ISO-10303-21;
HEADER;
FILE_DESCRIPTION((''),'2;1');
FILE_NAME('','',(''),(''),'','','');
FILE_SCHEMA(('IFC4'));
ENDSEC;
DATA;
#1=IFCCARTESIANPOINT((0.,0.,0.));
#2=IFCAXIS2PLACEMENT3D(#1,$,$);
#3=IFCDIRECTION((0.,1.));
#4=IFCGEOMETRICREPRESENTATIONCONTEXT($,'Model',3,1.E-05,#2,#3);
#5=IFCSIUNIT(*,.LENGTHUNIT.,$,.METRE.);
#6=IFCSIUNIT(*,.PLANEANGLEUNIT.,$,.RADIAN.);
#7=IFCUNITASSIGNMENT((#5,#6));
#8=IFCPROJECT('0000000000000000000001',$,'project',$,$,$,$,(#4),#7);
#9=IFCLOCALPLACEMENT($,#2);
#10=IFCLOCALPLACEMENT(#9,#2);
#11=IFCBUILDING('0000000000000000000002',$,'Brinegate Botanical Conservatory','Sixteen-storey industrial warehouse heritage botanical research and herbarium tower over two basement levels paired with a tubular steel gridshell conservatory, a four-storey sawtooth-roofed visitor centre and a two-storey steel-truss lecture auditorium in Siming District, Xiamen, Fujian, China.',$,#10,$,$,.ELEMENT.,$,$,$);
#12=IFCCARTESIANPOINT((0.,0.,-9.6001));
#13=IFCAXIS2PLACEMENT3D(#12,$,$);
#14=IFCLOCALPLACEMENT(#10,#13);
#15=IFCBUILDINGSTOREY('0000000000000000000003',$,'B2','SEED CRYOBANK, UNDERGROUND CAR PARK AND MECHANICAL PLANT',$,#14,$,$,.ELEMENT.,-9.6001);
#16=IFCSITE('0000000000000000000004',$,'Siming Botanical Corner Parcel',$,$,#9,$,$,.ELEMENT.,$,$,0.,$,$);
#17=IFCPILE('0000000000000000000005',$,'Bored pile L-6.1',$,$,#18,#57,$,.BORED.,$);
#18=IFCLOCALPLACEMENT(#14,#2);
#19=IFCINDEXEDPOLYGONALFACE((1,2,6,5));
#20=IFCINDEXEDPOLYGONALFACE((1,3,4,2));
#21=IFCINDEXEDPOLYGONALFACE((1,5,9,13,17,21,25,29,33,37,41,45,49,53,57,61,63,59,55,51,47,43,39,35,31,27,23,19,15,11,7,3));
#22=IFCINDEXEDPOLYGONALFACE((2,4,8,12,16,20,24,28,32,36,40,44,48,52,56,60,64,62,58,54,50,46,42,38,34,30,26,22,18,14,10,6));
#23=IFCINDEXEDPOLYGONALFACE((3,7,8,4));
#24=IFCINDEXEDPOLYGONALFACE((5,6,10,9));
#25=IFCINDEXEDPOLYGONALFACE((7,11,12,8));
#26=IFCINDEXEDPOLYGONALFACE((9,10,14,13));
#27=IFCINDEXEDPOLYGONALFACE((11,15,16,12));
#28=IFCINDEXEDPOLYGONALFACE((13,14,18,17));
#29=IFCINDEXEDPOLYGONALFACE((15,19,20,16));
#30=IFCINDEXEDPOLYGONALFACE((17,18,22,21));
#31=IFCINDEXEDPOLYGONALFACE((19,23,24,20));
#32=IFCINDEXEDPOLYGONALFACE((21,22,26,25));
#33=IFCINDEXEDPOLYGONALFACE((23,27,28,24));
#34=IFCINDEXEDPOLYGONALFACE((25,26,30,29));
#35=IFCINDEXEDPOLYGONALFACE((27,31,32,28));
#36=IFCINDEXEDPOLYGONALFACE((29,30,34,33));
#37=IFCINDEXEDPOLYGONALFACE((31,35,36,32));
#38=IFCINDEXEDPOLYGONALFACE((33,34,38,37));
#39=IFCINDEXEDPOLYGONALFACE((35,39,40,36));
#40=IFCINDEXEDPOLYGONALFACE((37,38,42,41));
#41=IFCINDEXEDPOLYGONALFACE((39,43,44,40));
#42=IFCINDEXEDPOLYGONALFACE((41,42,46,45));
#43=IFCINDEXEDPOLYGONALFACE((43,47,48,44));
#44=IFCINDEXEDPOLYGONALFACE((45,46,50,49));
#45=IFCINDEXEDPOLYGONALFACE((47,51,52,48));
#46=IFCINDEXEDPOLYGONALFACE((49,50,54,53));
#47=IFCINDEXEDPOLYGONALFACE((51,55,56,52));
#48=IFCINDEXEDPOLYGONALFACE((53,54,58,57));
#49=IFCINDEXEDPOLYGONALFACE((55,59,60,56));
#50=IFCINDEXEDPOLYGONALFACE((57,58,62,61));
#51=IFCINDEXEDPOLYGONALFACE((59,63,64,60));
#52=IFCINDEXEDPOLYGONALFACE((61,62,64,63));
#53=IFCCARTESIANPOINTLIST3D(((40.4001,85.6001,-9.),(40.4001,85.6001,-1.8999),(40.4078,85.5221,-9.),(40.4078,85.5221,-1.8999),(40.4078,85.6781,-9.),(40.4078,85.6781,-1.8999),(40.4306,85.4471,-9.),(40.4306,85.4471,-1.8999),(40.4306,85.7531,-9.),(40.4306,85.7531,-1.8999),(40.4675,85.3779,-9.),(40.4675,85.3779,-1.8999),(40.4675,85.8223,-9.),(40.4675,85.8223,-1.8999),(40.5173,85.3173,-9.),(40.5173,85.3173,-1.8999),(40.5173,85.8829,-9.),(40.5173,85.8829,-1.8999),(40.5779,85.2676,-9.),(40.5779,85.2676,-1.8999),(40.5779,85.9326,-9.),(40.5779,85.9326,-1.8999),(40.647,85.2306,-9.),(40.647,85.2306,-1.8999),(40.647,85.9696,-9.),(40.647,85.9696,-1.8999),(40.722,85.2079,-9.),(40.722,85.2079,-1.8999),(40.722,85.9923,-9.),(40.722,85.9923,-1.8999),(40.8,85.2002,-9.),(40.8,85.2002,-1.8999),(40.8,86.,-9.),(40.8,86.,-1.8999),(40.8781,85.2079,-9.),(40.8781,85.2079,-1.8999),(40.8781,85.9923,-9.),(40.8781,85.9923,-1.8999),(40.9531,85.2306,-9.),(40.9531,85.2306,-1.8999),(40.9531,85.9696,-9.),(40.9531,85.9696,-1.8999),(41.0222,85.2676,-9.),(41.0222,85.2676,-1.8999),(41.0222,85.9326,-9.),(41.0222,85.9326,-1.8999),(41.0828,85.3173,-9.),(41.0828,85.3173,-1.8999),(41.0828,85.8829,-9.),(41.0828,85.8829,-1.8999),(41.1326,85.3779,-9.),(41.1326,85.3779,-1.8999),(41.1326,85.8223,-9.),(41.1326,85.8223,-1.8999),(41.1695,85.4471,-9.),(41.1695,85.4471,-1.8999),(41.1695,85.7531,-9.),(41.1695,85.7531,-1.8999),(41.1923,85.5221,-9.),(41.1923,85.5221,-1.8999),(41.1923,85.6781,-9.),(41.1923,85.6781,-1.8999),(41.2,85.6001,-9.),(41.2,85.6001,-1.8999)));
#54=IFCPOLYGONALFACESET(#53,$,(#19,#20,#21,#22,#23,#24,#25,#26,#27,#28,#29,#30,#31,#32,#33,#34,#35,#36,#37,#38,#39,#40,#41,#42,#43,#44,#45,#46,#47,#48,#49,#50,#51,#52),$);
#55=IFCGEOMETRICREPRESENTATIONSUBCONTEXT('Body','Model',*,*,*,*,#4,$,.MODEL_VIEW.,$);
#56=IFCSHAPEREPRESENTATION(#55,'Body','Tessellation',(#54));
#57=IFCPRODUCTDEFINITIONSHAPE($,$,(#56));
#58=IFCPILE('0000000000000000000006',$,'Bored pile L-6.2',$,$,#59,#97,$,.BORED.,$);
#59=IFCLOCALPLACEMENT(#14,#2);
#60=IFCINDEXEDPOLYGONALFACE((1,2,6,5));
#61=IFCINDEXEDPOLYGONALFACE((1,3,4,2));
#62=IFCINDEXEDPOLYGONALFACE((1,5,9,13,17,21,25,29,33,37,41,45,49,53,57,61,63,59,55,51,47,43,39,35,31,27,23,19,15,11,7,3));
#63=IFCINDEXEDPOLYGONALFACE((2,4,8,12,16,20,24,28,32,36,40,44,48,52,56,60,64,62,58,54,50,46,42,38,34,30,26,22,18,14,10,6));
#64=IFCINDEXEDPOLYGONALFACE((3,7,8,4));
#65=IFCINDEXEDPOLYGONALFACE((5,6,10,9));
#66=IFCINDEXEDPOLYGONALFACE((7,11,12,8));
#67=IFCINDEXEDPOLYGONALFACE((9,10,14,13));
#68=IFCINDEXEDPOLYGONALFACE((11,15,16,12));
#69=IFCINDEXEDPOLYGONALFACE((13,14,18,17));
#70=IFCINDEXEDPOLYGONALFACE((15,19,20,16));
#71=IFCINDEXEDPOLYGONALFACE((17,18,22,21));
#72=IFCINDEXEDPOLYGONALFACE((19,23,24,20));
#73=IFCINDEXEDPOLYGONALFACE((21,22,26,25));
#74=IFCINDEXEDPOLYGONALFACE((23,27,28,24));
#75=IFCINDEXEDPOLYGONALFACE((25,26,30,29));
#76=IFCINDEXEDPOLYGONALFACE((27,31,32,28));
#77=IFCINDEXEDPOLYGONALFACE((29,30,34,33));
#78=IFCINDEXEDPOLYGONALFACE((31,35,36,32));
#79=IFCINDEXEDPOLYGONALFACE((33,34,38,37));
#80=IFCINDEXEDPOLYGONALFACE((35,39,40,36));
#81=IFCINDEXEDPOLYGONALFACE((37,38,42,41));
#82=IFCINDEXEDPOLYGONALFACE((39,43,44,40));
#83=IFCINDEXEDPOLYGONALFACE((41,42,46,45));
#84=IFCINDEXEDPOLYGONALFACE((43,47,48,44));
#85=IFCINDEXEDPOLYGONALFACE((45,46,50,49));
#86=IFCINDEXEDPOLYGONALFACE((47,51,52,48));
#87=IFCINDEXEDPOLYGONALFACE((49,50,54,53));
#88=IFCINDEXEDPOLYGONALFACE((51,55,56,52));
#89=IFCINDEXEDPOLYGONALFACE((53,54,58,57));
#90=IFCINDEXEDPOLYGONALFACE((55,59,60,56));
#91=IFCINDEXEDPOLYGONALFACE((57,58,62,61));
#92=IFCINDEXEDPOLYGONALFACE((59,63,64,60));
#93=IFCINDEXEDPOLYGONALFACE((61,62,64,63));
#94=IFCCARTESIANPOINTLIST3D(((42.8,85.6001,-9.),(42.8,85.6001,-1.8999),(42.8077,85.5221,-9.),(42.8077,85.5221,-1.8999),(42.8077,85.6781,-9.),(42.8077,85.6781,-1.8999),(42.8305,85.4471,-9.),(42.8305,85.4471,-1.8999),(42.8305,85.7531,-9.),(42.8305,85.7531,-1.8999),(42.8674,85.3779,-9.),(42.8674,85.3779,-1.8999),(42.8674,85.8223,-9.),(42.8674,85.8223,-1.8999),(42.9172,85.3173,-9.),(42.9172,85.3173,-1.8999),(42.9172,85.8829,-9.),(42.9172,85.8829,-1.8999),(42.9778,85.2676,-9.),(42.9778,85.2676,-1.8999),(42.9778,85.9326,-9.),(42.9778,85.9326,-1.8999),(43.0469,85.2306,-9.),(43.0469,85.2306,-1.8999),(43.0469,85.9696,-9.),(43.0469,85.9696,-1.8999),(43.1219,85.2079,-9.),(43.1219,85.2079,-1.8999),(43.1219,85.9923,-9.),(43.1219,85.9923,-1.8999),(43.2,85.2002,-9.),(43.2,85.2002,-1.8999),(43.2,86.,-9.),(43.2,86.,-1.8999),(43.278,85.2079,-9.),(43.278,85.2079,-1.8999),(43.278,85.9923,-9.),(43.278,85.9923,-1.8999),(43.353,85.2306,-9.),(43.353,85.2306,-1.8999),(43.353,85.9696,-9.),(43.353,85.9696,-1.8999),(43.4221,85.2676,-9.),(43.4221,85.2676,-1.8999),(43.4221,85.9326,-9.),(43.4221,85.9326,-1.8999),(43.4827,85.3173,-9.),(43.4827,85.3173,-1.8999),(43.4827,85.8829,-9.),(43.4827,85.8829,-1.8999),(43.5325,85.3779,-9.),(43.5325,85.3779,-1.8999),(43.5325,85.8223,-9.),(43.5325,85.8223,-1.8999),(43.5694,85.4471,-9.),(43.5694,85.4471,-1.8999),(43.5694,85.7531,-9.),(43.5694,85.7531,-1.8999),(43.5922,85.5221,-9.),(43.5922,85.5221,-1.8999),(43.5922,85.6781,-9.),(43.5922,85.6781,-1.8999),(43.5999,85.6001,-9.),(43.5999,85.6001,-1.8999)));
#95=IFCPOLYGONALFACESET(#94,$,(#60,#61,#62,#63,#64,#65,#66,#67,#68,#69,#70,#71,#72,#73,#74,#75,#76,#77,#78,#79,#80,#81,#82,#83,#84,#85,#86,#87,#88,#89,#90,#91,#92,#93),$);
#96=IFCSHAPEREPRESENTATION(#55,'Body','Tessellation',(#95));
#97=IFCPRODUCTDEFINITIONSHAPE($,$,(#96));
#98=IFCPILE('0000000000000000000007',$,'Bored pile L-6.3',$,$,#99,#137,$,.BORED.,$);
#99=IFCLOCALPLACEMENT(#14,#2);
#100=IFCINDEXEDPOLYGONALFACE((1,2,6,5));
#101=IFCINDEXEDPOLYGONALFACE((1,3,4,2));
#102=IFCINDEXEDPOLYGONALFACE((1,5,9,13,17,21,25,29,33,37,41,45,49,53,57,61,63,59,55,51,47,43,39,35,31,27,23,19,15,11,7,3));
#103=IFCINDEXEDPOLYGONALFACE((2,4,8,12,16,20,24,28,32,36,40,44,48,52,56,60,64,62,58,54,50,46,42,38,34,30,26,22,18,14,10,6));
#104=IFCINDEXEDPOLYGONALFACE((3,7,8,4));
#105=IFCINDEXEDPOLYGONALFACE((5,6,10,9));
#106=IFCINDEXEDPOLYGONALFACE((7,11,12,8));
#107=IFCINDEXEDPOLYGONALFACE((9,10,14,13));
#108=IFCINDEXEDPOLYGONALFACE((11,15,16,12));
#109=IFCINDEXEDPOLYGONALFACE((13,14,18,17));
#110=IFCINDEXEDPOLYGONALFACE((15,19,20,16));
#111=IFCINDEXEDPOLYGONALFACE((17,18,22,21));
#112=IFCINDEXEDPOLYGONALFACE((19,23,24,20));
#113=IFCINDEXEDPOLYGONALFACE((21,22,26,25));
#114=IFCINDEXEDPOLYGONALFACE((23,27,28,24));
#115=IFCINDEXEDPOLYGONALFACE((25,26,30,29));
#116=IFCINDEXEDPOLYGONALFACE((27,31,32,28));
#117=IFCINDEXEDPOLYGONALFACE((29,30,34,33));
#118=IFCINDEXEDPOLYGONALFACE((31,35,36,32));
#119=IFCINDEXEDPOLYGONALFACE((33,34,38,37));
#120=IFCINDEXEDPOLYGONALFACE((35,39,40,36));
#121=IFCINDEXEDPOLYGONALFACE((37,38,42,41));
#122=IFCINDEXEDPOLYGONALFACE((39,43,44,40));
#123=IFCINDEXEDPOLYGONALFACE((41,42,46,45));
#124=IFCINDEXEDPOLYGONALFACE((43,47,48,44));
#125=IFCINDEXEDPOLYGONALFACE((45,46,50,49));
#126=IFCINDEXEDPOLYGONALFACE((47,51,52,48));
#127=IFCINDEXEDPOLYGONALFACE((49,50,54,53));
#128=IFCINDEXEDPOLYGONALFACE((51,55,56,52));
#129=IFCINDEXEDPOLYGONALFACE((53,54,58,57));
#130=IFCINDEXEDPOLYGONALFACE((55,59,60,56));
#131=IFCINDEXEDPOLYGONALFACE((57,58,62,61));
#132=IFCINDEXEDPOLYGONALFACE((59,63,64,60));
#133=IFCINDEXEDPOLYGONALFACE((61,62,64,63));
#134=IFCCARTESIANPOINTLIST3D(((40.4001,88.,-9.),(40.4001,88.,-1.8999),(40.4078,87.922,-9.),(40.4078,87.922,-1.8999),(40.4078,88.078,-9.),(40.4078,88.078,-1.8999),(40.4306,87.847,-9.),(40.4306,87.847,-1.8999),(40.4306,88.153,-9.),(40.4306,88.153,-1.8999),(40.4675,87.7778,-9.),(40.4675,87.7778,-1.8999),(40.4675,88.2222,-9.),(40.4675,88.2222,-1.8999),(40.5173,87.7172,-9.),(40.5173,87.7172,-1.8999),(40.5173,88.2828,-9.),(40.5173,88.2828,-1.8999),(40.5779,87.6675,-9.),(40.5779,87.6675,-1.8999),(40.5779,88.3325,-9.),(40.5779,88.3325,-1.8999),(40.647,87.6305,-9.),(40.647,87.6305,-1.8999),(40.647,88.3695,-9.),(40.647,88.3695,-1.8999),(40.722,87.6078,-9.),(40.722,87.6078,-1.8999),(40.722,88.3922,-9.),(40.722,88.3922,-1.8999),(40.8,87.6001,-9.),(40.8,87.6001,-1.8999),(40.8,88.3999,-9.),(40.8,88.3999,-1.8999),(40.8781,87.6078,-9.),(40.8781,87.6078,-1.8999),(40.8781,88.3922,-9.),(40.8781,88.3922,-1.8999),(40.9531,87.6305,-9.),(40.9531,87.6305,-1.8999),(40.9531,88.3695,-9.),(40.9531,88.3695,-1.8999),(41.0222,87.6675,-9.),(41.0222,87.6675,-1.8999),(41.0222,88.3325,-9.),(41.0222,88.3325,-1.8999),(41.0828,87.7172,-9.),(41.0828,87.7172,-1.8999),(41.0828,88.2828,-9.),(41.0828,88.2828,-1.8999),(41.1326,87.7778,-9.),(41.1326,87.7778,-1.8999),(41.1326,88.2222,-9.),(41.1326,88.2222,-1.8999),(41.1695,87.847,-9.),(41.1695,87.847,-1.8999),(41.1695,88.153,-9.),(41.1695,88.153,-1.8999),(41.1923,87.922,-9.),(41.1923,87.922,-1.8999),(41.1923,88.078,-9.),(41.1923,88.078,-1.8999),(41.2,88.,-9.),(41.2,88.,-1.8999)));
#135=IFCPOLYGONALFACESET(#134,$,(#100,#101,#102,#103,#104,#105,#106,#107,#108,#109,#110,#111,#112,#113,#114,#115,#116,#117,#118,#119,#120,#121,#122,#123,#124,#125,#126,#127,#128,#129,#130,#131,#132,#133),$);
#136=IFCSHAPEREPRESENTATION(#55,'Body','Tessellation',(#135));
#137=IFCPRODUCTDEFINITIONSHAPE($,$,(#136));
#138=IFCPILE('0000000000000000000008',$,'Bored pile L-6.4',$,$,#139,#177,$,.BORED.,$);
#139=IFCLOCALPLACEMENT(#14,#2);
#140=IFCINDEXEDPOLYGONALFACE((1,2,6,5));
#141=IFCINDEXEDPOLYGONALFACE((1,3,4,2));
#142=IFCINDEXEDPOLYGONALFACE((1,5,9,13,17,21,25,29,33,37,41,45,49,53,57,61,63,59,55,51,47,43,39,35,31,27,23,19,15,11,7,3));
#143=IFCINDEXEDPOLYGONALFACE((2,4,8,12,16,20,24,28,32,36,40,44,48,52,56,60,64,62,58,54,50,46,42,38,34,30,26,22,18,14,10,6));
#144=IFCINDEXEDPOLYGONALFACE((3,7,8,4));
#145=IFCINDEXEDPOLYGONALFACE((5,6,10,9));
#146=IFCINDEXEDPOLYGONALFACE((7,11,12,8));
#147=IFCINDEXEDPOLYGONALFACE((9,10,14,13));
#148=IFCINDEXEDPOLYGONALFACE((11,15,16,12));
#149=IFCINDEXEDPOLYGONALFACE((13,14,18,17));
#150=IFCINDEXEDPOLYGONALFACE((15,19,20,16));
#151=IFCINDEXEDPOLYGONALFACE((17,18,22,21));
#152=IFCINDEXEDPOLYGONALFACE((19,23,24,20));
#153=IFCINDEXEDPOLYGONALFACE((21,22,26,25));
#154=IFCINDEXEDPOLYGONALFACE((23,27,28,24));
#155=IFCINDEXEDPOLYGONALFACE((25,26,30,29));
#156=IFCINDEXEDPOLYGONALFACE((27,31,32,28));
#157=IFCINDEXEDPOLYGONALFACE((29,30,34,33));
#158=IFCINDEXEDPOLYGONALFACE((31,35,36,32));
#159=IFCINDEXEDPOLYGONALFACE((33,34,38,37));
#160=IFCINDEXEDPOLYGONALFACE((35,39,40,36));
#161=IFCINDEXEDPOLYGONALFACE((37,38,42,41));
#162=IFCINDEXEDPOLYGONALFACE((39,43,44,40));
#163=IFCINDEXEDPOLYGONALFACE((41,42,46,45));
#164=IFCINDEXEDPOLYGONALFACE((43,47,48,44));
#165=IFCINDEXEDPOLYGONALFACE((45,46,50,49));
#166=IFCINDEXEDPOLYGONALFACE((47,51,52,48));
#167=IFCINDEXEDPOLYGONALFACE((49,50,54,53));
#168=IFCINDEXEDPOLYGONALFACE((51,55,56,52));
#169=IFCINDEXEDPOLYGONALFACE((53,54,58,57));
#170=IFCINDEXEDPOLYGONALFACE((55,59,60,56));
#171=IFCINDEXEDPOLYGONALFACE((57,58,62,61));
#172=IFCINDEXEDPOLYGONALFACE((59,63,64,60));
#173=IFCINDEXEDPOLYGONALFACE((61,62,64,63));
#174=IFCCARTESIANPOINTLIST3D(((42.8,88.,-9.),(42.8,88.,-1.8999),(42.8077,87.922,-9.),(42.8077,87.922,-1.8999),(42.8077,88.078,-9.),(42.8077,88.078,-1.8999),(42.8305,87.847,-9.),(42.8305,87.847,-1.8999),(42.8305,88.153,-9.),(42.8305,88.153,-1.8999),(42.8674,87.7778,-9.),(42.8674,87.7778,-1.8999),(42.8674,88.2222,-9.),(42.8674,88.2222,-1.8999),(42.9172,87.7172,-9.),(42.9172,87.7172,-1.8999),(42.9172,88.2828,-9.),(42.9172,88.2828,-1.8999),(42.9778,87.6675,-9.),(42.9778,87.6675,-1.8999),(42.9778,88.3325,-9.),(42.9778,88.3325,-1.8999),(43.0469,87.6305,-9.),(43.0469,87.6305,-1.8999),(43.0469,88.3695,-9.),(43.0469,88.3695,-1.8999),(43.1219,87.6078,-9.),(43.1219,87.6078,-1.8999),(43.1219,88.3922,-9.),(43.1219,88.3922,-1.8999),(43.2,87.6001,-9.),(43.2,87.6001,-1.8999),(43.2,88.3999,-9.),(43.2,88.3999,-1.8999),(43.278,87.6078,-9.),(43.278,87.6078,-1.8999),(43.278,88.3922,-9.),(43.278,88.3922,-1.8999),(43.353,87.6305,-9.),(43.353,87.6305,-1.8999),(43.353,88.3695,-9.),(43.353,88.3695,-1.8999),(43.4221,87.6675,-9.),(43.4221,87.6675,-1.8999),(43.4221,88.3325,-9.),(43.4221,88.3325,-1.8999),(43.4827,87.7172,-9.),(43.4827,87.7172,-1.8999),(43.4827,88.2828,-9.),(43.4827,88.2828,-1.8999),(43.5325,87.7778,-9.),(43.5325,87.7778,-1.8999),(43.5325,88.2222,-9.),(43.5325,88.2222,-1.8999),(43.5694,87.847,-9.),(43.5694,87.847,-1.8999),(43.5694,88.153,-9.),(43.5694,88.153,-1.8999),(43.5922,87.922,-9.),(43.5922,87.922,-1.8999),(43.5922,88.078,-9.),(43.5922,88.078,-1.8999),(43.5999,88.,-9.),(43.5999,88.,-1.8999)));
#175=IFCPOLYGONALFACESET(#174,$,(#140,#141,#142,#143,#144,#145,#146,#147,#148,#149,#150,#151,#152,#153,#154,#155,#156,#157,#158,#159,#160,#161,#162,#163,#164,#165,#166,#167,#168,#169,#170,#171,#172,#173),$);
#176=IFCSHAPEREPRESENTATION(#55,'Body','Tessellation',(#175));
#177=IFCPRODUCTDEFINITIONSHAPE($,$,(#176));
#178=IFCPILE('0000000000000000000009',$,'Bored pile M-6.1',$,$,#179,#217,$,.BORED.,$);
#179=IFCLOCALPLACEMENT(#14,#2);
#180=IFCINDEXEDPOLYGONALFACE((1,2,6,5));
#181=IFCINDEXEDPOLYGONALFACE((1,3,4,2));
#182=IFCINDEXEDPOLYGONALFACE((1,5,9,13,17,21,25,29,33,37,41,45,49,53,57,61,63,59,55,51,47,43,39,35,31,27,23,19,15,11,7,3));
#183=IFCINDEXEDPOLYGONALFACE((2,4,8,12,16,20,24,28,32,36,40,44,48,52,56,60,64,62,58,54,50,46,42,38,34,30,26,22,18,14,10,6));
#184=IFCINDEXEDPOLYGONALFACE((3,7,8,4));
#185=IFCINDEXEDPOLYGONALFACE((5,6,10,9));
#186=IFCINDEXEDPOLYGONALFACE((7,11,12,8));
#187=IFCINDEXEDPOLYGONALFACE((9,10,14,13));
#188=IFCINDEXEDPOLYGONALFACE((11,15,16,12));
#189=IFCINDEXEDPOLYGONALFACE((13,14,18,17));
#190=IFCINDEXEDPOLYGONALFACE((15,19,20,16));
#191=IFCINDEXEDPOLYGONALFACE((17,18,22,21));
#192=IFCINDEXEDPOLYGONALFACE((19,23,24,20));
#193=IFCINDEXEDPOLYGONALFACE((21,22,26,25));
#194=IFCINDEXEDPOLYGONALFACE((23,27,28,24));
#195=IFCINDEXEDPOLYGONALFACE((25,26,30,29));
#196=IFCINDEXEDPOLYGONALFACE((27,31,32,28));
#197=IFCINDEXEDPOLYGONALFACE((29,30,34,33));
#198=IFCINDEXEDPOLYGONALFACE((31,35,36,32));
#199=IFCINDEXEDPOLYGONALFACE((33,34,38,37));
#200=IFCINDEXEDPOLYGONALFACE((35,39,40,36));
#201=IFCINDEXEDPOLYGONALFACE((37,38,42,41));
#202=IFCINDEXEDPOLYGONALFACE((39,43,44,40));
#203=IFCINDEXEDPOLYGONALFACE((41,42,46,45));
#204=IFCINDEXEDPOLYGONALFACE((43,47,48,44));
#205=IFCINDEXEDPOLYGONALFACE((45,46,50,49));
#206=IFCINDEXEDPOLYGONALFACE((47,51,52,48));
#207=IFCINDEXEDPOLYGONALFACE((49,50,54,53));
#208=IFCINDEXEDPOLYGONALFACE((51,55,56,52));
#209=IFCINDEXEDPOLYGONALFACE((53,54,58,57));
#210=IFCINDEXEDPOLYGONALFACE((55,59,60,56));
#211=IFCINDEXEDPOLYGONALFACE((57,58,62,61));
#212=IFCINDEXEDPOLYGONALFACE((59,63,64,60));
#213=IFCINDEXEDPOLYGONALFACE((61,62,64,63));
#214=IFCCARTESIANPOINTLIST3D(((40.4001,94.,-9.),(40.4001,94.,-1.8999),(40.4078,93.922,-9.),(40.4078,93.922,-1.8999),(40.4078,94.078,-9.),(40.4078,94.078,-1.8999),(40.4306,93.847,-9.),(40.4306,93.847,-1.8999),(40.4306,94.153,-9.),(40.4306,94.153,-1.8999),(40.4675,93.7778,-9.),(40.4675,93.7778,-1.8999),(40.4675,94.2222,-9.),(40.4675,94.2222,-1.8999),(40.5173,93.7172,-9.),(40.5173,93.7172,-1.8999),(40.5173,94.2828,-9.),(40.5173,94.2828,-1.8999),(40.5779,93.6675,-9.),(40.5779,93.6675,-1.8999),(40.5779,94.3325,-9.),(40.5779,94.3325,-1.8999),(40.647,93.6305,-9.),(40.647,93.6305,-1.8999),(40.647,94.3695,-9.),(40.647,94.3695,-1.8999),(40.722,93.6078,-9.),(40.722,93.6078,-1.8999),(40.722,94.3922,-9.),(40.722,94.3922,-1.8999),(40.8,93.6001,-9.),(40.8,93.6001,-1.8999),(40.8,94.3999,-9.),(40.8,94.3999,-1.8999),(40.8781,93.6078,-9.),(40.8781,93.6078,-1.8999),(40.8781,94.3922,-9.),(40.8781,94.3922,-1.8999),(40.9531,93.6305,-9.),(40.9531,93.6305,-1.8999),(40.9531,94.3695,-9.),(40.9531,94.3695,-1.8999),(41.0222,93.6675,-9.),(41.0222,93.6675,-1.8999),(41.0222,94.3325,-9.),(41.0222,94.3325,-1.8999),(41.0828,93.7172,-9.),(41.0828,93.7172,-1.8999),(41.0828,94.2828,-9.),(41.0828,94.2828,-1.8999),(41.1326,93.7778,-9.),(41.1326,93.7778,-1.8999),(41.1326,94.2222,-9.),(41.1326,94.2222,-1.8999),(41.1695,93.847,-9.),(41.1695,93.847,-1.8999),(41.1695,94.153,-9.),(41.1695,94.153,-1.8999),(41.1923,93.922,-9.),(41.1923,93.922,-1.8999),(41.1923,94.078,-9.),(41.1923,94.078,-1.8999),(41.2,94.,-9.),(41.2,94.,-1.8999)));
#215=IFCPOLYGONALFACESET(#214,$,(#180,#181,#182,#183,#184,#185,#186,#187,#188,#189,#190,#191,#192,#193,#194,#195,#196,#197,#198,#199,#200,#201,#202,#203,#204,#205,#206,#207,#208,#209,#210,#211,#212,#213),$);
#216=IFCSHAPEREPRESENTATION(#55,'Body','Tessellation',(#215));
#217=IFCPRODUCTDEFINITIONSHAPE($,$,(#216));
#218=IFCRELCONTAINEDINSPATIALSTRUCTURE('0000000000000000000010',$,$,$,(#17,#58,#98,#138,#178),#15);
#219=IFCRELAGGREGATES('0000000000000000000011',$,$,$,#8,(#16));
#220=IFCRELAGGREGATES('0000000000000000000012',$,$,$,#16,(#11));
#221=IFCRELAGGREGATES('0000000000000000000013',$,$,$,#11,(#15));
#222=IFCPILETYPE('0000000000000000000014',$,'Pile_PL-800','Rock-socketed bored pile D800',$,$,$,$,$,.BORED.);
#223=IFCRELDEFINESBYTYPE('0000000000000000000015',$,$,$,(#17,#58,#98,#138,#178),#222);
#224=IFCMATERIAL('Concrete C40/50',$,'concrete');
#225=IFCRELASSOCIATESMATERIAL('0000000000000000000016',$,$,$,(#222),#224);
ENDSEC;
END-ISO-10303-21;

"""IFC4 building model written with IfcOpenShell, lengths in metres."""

from ifc_helpers import new_model, si_unit, direction, frame, origin, origin_2d, place, context, subcontext, project, spatial, circle, extrude, material, material_profile, profile_set, type_object, element, save


model = new_model("IFC4")

# Units and contexts
model_context = context("Model", 3, precision=1e-05, world=origin(), true_north=direction((0.0, 1.0)))
body_context = subcontext(model_context, "Body", "Model", "MODEL_VIEW")
ifc_project = project(units=[si_unit("LENGTHUNIT", "METRE"), si_unit("PLANEANGLEUNIT", "RADIAN")], contexts=[model_context])

# Site, building, storey
site_placement = place(None, origin())
site = spatial("IfcSite", under=ifc_project, at=site_placement, Name="Siming Botanical Corner Parcel", CompositionType="ELEMENT", RefElevation=0.0)
building_placement = place(site_placement, origin())
building = spatial("IfcBuilding", under=site, at=building_placement, Name="Brinegate Botanical Conservatory", Description="Sixteen-storey industrial warehouse heritage botanical research and herbarium tower over two basement levels paired with a tubular steel gridshell conservatory, a four-storey sawtooth-roofed visitor centre and a two-storey steel-truss lecture auditorium in Siming District, Xiamen, Fujian, China.", CompositionType="ELEMENT")
storey_placement = place(building_placement, frame((0.0, 0.0, -9.6001)))
storey = spatial("IfcBuildingStorey", under=building, at=storey_placement, Name="B2", Description="SEED CRYOBANK, UNDERGROUND CAR PARK AND MECHANICAL PLANT", CompositionType="ELEMENT", Elevation=-9.6001)

# Shared definitions
ifc_material = material(Name="Concrete C40/50", Category="concrete")

# Piles
ifc_material_profile_1 = material_profile(ifc_material, circle(Radius=0.3999, at=origin_2d()), Name="PILE D800")
ifc_profile_set_1 = profile_set([ifc_material_profile_1], Name="Concrete C40/50")
pile_type = type_object("IfcPileType", Name="Pile_PL-800", Description="Rock-socketed bored pile D800", PredefinedType="BORED", material=ifc_profile_set_1)
for number, where, z_axis, x_axis, name in (
    (1, (40.8, 85.6001, -1.8999), (0.0, 0.0, -1.0), (1.0, 0.0, 0.0), "Bored pile L-6.1"),
    (2, (43.2, 85.6001, -1.8999), (0.0, 0.0, -1.0), (1.0, 0.0, 0.0), "Bored pile L-6.2"),
    (3, (40.8, 88.0, -1.8999), (0.0, 0.0, -1.0), (1.0, 0.0, 0.0), "Bored pile L-6.3"),
    (4, (43.2, 88.0, -1.8999), (0.0, 0.0, -1.0), (1.0, 0.0, 0.0), "Bored pile L-6.4"),
    (5, (40.8, 94.0, -1.8999), (0.0, 0.0, -1.0), (1.0, 0.0, 0.0), "Bored pile M-6.1"),
):
    element("IfcPile", number, at=place(storey_placement, frame(where, z_axis=z_axis, x_axis=x_axis)), inside=storey, type_object=pile_type, Name=name, PredefinedType="BORED", context=body_context, shape_type="SweptSolid", body=[
        extrude(circle(Radius=0.3999, at=origin_2d()), origin(), (0.0, 0.0, 1.0), 7.1001),
    ])

save(model, "model.ifc")
